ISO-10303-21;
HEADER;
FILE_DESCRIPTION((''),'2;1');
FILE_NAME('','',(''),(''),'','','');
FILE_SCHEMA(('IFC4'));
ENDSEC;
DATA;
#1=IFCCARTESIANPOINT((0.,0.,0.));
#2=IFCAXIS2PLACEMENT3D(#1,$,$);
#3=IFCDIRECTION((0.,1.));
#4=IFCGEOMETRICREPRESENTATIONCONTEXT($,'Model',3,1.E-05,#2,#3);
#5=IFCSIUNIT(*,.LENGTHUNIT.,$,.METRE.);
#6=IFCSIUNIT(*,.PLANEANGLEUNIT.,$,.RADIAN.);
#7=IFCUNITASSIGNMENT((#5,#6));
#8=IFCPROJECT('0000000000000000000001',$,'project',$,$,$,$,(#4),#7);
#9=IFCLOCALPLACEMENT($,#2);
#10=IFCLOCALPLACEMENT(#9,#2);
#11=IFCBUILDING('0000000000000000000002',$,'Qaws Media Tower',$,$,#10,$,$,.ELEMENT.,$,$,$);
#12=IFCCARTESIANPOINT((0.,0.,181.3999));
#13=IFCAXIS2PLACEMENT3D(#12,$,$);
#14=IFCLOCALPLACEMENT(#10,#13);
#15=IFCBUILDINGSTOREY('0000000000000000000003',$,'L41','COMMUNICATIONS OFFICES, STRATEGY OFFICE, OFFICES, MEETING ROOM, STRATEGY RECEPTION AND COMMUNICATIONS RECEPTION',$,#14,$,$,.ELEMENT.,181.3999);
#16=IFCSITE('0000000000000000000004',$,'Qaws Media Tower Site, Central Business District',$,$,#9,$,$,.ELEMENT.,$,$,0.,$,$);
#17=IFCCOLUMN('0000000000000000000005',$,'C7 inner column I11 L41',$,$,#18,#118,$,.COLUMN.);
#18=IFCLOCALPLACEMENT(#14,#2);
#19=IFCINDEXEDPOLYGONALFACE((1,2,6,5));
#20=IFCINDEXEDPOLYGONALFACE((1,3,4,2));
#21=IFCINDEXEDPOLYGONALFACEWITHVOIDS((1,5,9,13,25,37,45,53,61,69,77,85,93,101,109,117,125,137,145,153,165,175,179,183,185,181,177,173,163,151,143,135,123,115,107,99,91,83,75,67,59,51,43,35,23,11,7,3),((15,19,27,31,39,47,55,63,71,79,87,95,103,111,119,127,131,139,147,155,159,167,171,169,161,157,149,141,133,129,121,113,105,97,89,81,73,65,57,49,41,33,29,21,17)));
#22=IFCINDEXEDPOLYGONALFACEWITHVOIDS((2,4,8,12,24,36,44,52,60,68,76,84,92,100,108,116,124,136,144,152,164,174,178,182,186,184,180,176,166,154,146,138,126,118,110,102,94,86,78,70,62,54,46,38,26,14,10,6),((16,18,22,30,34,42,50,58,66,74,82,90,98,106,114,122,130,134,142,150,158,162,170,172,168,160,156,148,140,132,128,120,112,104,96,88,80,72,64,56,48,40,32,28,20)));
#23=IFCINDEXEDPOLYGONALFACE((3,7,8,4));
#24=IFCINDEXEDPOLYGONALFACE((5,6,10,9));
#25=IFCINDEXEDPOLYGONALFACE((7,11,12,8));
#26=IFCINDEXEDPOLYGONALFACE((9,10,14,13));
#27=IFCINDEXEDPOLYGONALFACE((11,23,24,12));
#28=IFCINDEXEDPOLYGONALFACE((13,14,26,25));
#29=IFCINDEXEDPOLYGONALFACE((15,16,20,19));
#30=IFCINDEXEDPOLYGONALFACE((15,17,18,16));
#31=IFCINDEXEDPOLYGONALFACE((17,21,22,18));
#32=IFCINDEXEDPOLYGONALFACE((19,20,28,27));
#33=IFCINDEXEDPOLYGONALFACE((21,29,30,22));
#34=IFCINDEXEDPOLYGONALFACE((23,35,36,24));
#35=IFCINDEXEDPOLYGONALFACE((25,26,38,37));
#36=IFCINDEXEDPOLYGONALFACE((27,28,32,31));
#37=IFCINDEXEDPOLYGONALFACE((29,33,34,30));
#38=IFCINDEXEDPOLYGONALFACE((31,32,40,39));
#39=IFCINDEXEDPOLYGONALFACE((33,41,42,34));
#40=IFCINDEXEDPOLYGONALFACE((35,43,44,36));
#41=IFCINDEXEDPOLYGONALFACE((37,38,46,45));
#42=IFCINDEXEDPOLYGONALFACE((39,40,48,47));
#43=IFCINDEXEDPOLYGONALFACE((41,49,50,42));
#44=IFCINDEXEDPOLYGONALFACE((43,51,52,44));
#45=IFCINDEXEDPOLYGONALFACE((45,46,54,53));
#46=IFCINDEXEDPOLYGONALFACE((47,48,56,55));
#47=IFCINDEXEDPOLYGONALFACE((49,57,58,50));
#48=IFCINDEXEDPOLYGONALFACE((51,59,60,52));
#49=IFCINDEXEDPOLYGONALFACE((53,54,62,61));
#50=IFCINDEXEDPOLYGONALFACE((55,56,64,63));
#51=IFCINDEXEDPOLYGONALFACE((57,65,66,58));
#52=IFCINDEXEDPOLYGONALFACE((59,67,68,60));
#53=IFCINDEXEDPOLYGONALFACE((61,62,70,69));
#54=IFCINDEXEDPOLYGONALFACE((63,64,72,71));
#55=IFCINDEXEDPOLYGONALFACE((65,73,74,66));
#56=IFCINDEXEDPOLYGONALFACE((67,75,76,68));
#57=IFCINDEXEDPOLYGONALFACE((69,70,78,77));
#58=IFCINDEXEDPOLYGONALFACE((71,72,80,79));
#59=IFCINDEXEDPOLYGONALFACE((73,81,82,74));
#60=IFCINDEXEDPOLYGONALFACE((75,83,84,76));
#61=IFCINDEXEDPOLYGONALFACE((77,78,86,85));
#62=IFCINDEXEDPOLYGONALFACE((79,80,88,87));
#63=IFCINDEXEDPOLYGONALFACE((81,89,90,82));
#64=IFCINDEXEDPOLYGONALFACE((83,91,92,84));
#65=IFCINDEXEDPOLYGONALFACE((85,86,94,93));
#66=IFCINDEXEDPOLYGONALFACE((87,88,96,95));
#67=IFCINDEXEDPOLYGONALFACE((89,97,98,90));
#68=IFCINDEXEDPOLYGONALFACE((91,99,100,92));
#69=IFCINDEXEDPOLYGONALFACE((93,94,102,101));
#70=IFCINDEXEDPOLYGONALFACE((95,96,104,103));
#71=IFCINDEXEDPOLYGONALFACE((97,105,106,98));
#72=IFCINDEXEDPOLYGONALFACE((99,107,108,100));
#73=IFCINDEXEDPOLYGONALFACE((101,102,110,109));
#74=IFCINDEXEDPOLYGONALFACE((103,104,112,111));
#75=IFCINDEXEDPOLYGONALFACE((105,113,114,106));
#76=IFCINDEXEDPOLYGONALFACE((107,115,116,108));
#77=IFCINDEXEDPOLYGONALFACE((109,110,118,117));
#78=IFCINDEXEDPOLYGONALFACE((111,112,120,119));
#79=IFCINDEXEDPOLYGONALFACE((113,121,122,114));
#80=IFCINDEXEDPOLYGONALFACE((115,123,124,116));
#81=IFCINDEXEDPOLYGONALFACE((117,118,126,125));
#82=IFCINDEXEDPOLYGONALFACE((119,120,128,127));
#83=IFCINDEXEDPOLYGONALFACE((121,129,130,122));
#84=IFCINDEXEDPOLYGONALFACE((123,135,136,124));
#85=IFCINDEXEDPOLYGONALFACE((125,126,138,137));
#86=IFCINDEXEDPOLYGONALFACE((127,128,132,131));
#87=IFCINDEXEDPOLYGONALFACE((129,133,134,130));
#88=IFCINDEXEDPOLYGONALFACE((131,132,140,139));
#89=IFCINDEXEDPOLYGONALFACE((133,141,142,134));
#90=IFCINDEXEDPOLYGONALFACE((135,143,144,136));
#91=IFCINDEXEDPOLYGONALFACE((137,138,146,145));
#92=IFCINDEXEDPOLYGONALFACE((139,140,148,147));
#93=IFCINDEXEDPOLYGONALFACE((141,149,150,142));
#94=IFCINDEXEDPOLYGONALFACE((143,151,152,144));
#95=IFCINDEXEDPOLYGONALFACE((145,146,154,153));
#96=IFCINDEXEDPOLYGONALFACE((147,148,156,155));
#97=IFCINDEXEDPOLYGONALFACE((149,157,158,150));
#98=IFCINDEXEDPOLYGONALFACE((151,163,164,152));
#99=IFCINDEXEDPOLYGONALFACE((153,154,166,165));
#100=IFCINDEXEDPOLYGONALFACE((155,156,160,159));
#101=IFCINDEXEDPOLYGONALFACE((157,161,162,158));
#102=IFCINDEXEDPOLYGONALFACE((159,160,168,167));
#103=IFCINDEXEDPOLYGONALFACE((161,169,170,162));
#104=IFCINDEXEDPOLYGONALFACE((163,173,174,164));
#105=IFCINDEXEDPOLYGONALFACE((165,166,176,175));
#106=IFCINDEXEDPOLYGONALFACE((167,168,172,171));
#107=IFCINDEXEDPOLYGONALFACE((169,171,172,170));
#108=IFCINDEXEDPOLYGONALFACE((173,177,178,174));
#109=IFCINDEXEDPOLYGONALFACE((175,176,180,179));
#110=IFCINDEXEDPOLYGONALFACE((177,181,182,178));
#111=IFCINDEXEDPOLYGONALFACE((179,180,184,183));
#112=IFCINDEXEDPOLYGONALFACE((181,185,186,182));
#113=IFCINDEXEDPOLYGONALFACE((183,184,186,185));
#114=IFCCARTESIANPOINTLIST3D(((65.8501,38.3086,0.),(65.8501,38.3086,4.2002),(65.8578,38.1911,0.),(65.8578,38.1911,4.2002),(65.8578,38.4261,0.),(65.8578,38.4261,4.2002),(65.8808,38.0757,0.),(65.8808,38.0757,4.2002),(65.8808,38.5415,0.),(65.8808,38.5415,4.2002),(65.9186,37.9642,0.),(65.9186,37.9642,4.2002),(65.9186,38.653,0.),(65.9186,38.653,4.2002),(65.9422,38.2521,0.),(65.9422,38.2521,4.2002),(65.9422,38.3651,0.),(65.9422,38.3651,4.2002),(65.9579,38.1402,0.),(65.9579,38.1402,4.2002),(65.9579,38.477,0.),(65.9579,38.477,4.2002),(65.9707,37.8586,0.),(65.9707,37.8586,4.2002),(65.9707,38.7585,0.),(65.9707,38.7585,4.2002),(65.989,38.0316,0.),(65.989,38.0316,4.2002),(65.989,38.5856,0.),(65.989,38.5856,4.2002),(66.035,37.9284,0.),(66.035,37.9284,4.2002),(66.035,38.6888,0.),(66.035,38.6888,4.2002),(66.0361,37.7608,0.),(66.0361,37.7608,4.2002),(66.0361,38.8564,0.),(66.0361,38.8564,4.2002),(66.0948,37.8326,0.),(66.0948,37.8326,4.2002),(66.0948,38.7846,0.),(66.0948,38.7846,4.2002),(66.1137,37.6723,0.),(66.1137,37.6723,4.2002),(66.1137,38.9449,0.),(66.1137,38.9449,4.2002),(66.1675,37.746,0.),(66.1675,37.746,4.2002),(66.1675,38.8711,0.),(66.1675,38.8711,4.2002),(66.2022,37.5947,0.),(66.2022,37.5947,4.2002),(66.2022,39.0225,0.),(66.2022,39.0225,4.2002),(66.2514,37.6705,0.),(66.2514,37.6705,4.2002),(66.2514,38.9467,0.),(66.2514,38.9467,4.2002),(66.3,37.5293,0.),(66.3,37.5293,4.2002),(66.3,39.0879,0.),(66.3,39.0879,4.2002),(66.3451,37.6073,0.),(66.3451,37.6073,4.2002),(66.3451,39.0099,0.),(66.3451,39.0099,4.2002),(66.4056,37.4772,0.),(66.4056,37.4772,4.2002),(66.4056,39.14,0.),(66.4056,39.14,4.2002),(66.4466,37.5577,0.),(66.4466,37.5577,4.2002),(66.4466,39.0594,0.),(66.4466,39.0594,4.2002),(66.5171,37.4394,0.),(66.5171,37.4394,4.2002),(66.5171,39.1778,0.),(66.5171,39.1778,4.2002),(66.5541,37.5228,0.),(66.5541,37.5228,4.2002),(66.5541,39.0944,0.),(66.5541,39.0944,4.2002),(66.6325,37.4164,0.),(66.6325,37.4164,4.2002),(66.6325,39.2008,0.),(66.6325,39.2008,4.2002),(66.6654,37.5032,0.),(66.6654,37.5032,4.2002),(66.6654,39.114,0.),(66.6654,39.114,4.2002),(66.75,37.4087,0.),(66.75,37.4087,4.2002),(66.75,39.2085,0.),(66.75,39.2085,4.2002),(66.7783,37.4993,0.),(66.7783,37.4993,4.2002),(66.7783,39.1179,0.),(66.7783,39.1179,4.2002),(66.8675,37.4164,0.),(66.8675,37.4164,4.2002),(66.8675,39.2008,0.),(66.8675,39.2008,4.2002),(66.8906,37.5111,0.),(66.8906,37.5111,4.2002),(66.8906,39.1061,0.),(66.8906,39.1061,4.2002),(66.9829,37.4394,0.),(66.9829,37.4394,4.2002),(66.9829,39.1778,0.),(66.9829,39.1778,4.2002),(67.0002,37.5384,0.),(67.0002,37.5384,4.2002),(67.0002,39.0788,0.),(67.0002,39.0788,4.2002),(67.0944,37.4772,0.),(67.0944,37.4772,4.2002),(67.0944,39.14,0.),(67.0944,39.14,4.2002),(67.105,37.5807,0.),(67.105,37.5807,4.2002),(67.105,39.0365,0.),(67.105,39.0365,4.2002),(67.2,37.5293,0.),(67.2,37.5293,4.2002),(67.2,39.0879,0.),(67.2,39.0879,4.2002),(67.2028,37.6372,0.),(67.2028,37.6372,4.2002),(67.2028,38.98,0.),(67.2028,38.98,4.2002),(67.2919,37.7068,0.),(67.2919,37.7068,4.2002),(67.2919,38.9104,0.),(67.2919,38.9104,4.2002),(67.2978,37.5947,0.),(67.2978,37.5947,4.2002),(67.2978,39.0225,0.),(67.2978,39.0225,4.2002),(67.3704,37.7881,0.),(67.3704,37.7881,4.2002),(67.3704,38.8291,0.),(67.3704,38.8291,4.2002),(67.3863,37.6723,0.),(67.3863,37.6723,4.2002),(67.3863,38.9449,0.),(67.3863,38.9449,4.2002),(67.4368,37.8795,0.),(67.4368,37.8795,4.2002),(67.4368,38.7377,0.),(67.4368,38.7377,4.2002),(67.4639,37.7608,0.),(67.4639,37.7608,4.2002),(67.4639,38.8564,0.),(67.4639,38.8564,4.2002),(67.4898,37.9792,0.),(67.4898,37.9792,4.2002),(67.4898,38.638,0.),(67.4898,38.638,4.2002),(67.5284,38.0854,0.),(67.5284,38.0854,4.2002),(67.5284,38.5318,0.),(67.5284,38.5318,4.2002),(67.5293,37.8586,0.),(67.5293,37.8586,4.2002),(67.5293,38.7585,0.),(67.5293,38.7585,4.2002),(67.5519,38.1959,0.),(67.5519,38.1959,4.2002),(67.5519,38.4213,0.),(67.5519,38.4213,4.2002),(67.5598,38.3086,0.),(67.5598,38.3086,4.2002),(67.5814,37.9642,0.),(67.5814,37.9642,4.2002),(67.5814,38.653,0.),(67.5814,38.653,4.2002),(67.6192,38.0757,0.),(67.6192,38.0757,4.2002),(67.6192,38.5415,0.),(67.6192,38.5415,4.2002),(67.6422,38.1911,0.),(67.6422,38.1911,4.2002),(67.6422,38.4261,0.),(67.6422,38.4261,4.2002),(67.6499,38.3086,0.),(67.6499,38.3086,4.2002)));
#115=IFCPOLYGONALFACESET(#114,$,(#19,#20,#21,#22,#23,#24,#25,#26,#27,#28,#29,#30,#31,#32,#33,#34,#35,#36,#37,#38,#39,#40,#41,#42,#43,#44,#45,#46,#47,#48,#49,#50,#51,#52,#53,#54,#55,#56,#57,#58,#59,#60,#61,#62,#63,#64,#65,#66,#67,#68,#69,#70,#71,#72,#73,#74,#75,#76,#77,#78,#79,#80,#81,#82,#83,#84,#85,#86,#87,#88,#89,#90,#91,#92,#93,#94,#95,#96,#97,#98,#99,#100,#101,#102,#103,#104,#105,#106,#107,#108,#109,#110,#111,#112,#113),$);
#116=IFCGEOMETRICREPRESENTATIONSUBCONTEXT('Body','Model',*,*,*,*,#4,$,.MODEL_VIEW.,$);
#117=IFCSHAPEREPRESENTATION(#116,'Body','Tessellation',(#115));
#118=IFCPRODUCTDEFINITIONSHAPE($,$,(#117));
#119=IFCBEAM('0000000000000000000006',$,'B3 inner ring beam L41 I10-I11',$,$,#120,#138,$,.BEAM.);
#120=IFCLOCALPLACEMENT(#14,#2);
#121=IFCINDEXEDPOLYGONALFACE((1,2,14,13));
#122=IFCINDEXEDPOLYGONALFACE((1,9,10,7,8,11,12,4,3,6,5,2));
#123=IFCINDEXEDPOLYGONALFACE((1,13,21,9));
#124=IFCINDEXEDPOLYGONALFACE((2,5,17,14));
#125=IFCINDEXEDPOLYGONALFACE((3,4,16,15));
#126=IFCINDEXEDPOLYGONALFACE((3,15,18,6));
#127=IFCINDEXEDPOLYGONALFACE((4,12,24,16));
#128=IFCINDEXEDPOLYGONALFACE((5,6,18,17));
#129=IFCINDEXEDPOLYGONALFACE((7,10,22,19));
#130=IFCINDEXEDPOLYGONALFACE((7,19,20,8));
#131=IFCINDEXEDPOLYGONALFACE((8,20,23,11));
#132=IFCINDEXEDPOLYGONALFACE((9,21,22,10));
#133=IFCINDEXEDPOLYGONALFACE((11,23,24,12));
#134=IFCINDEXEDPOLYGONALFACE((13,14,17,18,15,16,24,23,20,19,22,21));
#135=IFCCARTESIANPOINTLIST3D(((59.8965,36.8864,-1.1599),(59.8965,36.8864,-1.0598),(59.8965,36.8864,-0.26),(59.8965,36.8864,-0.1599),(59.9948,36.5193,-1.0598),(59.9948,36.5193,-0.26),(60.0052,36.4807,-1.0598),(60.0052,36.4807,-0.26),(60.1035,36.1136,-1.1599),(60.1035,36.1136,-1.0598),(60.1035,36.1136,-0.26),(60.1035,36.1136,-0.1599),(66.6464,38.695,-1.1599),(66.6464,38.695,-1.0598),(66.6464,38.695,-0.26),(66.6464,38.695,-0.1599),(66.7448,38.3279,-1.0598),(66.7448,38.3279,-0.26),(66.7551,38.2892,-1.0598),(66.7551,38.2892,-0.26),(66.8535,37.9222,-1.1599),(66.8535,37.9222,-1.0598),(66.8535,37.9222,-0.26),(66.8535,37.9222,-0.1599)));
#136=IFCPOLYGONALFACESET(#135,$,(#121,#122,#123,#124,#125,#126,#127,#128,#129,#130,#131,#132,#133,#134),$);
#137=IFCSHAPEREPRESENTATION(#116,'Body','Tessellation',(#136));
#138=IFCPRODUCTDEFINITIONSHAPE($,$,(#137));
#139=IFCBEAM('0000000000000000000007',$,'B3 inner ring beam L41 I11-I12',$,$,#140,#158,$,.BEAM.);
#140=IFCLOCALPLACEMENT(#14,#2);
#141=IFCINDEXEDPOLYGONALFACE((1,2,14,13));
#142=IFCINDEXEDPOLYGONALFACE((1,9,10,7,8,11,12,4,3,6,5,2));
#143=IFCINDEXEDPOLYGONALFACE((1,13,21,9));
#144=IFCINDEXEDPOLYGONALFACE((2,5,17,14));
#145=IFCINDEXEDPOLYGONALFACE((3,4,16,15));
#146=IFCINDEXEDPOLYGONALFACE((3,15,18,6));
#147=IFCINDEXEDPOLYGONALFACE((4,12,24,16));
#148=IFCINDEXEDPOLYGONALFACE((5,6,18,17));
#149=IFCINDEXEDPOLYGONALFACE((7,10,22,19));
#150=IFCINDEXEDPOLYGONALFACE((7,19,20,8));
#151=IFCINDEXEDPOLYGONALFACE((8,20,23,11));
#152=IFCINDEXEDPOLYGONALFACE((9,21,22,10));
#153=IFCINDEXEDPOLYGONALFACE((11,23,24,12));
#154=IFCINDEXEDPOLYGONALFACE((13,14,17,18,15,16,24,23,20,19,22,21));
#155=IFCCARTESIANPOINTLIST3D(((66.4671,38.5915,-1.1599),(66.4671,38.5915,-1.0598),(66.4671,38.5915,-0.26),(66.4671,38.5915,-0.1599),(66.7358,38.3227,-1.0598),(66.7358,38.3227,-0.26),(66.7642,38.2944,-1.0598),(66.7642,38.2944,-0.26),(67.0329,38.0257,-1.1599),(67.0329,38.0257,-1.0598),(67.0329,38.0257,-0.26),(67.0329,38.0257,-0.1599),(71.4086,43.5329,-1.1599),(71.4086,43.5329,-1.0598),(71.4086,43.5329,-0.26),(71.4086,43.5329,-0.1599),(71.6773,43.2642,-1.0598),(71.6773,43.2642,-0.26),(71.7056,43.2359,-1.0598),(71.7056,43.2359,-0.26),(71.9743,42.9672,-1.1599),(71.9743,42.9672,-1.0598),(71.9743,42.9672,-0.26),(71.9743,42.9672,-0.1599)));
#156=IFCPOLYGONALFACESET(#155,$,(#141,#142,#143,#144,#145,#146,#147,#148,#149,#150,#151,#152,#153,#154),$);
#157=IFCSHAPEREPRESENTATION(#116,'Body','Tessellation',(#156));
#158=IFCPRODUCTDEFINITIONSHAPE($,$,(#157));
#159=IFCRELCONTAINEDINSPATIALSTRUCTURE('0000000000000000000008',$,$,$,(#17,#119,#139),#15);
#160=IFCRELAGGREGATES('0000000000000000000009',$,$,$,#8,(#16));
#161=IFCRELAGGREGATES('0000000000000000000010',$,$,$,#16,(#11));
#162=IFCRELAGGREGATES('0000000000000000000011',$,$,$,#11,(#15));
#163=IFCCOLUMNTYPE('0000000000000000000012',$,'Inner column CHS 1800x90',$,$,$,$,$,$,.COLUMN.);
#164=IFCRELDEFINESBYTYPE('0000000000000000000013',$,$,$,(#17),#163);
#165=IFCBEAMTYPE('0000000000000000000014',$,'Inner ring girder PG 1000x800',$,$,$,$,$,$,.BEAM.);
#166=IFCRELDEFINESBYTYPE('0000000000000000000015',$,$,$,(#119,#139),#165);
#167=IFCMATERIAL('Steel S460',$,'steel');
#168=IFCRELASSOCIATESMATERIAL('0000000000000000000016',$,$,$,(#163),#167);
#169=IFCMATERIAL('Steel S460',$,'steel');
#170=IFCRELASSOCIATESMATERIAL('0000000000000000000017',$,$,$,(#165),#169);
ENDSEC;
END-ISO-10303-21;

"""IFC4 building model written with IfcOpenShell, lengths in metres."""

from ifc_helpers import new_model, si_unit, direction, frame, origin, origin_2d, place, context, subcontext, project, spatial, hollow_circle, i_section, extrude, material, material_profile, profile_set, type_object, element, save


model = new_model("IFC4")

# Units and contexts
model_context = context("Model", 3, precision=1e-05, world=origin(), true_north=direction((0.0, 1.0)))
body_context = subcontext(model_context, "Body", "Model", "MODEL_VIEW")
ifc_project = project(units=[si_unit("LENGTHUNIT", "METRE"), si_unit("PLANEANGLEUNIT", "RADIAN")], contexts=[model_context])

# Site, building, storey
site_placement = place(None, origin())
site = spatial("IfcSite", under=ifc_project, at=site_placement, Name="Qaws Media Tower Site, Central Business District", CompositionType="ELEMENT", RefElevation=0.0)
building_placement = place(site_placement, origin())
building = spatial("IfcBuilding", under=site, at=building_placement, Name="Qaws Media Tower", CompositionType="ELEMENT")
storey_placement = place(building_placement, frame((0.0, 0.0, 181.3999)))
storey = spatial("IfcBuildingStorey", under=building, at=storey_placement, Name="L41", Description="COMMUNICATIONS OFFICES, STRATEGY OFFICE, OFFICES, MEETING ROOM, STRATEGY RECEPTION AND COMMUNICATIONS RECEPTION", CompositionType="ELEMENT", Elevation=181.3999)

# Column
ifc_material_1 = material(Name="Steel S460", Category="steel")
ifc_material_profile_1 = material_profile(ifc_material_1, hollow_circle(Radius=0.8999, WallThickness=0.0901, at=origin_2d()), Name="CHS 1800x90")
ifc_profile_set_1 = profile_set([ifc_material_profile_1], Name="Steel S460")
column_type = type_object("IfcColumnType", Name="Inner column CHS 1800x90", PredefinedType="COLUMN", material=ifc_profile_set_1)
for number, where, z_axis, x_axis, name in (
    (1, (66.75, 38.3086, 0.0), (0.0, 0.0, 1.0), (1.0, 0.0, 0.0), "C7 inner column I11 L41"),
):
    element("IfcColumn", number, at=place(storey_placement, frame(where, z_axis=z_axis, x_axis=x_axis)), inside=storey, type_object=column_type, Name=name, PredefinedType="COLUMN", context=body_context, shape_type="SweptSolid", body=[
        extrude(hollow_circle(Radius=0.8999, WallThickness=0.0901, at=origin_2d()), origin(), (0.0, 0.0, 1.0), 4.2002),
    ])

# Beams
ifc_material_2 = material(Name="Steel S460", Category="steel")
ifc_material_profile_2 = material_profile(ifc_material_2, i_section(OverallWidth=0.8, OverallDepth=1.0, WebThickness=0.04, FlangeThickness=0.1001, at=origin_2d()), Name="PG 1000x800")
ifc_profile_set_2 = profile_set([ifc_material_profile_2], Name="Steel S460")
beam_type_1 = type_object("IfcBeamType", Name="Inner ring girder PG 1000x800", PredefinedType="BEAM", material=ifc_profile_set_2)
beam_1_placement = place(storey_placement, frame((60.0, 36.5, -0.6599), z_axis=(0.965928, 0.258811, 0.0), x_axis=(-0.258811, 0.965928, 0.0)))
element("IfcBeam", 2, at=beam_1_placement, inside=storey, type_object=beam_type_1, Name="B3 inner ring beam L41 I10-I11", PredefinedType="BEAM", context=body_context, shape_type="SweptSolid", body=[
    extrude(i_section(OverallWidth=0.8, OverallDepth=1.0, WebThickness=0.04, FlangeThickness=0.1001, at=origin_2d()), origin(), (0.0, 0.0, 1.0), 6.988),
])
beam_2_placement = place(storey_placement, frame((66.75, 38.3086, -0.6599), z_axis=(0.707107, 0.707107, 0.0), x_axis=(-0.707107, 0.707107, 0.0)))
element("IfcBeam", 3, at=beam_2_placement, inside=storey, type_object=beam_type_1, Name="B3 inner ring beam L41 I11-I12", PredefinedType="BEAM", context=body_context, shape_type="SweptSolid", body=[
    extrude(i_section(OverallWidth=0.8, OverallDepth=1.0, WebThickness=0.04, FlangeThickness=0.1001, at=origin_2d()), origin(), (0.0, 0.0, 1.0), 6.9883),
])

save(model, "model.ifc")
